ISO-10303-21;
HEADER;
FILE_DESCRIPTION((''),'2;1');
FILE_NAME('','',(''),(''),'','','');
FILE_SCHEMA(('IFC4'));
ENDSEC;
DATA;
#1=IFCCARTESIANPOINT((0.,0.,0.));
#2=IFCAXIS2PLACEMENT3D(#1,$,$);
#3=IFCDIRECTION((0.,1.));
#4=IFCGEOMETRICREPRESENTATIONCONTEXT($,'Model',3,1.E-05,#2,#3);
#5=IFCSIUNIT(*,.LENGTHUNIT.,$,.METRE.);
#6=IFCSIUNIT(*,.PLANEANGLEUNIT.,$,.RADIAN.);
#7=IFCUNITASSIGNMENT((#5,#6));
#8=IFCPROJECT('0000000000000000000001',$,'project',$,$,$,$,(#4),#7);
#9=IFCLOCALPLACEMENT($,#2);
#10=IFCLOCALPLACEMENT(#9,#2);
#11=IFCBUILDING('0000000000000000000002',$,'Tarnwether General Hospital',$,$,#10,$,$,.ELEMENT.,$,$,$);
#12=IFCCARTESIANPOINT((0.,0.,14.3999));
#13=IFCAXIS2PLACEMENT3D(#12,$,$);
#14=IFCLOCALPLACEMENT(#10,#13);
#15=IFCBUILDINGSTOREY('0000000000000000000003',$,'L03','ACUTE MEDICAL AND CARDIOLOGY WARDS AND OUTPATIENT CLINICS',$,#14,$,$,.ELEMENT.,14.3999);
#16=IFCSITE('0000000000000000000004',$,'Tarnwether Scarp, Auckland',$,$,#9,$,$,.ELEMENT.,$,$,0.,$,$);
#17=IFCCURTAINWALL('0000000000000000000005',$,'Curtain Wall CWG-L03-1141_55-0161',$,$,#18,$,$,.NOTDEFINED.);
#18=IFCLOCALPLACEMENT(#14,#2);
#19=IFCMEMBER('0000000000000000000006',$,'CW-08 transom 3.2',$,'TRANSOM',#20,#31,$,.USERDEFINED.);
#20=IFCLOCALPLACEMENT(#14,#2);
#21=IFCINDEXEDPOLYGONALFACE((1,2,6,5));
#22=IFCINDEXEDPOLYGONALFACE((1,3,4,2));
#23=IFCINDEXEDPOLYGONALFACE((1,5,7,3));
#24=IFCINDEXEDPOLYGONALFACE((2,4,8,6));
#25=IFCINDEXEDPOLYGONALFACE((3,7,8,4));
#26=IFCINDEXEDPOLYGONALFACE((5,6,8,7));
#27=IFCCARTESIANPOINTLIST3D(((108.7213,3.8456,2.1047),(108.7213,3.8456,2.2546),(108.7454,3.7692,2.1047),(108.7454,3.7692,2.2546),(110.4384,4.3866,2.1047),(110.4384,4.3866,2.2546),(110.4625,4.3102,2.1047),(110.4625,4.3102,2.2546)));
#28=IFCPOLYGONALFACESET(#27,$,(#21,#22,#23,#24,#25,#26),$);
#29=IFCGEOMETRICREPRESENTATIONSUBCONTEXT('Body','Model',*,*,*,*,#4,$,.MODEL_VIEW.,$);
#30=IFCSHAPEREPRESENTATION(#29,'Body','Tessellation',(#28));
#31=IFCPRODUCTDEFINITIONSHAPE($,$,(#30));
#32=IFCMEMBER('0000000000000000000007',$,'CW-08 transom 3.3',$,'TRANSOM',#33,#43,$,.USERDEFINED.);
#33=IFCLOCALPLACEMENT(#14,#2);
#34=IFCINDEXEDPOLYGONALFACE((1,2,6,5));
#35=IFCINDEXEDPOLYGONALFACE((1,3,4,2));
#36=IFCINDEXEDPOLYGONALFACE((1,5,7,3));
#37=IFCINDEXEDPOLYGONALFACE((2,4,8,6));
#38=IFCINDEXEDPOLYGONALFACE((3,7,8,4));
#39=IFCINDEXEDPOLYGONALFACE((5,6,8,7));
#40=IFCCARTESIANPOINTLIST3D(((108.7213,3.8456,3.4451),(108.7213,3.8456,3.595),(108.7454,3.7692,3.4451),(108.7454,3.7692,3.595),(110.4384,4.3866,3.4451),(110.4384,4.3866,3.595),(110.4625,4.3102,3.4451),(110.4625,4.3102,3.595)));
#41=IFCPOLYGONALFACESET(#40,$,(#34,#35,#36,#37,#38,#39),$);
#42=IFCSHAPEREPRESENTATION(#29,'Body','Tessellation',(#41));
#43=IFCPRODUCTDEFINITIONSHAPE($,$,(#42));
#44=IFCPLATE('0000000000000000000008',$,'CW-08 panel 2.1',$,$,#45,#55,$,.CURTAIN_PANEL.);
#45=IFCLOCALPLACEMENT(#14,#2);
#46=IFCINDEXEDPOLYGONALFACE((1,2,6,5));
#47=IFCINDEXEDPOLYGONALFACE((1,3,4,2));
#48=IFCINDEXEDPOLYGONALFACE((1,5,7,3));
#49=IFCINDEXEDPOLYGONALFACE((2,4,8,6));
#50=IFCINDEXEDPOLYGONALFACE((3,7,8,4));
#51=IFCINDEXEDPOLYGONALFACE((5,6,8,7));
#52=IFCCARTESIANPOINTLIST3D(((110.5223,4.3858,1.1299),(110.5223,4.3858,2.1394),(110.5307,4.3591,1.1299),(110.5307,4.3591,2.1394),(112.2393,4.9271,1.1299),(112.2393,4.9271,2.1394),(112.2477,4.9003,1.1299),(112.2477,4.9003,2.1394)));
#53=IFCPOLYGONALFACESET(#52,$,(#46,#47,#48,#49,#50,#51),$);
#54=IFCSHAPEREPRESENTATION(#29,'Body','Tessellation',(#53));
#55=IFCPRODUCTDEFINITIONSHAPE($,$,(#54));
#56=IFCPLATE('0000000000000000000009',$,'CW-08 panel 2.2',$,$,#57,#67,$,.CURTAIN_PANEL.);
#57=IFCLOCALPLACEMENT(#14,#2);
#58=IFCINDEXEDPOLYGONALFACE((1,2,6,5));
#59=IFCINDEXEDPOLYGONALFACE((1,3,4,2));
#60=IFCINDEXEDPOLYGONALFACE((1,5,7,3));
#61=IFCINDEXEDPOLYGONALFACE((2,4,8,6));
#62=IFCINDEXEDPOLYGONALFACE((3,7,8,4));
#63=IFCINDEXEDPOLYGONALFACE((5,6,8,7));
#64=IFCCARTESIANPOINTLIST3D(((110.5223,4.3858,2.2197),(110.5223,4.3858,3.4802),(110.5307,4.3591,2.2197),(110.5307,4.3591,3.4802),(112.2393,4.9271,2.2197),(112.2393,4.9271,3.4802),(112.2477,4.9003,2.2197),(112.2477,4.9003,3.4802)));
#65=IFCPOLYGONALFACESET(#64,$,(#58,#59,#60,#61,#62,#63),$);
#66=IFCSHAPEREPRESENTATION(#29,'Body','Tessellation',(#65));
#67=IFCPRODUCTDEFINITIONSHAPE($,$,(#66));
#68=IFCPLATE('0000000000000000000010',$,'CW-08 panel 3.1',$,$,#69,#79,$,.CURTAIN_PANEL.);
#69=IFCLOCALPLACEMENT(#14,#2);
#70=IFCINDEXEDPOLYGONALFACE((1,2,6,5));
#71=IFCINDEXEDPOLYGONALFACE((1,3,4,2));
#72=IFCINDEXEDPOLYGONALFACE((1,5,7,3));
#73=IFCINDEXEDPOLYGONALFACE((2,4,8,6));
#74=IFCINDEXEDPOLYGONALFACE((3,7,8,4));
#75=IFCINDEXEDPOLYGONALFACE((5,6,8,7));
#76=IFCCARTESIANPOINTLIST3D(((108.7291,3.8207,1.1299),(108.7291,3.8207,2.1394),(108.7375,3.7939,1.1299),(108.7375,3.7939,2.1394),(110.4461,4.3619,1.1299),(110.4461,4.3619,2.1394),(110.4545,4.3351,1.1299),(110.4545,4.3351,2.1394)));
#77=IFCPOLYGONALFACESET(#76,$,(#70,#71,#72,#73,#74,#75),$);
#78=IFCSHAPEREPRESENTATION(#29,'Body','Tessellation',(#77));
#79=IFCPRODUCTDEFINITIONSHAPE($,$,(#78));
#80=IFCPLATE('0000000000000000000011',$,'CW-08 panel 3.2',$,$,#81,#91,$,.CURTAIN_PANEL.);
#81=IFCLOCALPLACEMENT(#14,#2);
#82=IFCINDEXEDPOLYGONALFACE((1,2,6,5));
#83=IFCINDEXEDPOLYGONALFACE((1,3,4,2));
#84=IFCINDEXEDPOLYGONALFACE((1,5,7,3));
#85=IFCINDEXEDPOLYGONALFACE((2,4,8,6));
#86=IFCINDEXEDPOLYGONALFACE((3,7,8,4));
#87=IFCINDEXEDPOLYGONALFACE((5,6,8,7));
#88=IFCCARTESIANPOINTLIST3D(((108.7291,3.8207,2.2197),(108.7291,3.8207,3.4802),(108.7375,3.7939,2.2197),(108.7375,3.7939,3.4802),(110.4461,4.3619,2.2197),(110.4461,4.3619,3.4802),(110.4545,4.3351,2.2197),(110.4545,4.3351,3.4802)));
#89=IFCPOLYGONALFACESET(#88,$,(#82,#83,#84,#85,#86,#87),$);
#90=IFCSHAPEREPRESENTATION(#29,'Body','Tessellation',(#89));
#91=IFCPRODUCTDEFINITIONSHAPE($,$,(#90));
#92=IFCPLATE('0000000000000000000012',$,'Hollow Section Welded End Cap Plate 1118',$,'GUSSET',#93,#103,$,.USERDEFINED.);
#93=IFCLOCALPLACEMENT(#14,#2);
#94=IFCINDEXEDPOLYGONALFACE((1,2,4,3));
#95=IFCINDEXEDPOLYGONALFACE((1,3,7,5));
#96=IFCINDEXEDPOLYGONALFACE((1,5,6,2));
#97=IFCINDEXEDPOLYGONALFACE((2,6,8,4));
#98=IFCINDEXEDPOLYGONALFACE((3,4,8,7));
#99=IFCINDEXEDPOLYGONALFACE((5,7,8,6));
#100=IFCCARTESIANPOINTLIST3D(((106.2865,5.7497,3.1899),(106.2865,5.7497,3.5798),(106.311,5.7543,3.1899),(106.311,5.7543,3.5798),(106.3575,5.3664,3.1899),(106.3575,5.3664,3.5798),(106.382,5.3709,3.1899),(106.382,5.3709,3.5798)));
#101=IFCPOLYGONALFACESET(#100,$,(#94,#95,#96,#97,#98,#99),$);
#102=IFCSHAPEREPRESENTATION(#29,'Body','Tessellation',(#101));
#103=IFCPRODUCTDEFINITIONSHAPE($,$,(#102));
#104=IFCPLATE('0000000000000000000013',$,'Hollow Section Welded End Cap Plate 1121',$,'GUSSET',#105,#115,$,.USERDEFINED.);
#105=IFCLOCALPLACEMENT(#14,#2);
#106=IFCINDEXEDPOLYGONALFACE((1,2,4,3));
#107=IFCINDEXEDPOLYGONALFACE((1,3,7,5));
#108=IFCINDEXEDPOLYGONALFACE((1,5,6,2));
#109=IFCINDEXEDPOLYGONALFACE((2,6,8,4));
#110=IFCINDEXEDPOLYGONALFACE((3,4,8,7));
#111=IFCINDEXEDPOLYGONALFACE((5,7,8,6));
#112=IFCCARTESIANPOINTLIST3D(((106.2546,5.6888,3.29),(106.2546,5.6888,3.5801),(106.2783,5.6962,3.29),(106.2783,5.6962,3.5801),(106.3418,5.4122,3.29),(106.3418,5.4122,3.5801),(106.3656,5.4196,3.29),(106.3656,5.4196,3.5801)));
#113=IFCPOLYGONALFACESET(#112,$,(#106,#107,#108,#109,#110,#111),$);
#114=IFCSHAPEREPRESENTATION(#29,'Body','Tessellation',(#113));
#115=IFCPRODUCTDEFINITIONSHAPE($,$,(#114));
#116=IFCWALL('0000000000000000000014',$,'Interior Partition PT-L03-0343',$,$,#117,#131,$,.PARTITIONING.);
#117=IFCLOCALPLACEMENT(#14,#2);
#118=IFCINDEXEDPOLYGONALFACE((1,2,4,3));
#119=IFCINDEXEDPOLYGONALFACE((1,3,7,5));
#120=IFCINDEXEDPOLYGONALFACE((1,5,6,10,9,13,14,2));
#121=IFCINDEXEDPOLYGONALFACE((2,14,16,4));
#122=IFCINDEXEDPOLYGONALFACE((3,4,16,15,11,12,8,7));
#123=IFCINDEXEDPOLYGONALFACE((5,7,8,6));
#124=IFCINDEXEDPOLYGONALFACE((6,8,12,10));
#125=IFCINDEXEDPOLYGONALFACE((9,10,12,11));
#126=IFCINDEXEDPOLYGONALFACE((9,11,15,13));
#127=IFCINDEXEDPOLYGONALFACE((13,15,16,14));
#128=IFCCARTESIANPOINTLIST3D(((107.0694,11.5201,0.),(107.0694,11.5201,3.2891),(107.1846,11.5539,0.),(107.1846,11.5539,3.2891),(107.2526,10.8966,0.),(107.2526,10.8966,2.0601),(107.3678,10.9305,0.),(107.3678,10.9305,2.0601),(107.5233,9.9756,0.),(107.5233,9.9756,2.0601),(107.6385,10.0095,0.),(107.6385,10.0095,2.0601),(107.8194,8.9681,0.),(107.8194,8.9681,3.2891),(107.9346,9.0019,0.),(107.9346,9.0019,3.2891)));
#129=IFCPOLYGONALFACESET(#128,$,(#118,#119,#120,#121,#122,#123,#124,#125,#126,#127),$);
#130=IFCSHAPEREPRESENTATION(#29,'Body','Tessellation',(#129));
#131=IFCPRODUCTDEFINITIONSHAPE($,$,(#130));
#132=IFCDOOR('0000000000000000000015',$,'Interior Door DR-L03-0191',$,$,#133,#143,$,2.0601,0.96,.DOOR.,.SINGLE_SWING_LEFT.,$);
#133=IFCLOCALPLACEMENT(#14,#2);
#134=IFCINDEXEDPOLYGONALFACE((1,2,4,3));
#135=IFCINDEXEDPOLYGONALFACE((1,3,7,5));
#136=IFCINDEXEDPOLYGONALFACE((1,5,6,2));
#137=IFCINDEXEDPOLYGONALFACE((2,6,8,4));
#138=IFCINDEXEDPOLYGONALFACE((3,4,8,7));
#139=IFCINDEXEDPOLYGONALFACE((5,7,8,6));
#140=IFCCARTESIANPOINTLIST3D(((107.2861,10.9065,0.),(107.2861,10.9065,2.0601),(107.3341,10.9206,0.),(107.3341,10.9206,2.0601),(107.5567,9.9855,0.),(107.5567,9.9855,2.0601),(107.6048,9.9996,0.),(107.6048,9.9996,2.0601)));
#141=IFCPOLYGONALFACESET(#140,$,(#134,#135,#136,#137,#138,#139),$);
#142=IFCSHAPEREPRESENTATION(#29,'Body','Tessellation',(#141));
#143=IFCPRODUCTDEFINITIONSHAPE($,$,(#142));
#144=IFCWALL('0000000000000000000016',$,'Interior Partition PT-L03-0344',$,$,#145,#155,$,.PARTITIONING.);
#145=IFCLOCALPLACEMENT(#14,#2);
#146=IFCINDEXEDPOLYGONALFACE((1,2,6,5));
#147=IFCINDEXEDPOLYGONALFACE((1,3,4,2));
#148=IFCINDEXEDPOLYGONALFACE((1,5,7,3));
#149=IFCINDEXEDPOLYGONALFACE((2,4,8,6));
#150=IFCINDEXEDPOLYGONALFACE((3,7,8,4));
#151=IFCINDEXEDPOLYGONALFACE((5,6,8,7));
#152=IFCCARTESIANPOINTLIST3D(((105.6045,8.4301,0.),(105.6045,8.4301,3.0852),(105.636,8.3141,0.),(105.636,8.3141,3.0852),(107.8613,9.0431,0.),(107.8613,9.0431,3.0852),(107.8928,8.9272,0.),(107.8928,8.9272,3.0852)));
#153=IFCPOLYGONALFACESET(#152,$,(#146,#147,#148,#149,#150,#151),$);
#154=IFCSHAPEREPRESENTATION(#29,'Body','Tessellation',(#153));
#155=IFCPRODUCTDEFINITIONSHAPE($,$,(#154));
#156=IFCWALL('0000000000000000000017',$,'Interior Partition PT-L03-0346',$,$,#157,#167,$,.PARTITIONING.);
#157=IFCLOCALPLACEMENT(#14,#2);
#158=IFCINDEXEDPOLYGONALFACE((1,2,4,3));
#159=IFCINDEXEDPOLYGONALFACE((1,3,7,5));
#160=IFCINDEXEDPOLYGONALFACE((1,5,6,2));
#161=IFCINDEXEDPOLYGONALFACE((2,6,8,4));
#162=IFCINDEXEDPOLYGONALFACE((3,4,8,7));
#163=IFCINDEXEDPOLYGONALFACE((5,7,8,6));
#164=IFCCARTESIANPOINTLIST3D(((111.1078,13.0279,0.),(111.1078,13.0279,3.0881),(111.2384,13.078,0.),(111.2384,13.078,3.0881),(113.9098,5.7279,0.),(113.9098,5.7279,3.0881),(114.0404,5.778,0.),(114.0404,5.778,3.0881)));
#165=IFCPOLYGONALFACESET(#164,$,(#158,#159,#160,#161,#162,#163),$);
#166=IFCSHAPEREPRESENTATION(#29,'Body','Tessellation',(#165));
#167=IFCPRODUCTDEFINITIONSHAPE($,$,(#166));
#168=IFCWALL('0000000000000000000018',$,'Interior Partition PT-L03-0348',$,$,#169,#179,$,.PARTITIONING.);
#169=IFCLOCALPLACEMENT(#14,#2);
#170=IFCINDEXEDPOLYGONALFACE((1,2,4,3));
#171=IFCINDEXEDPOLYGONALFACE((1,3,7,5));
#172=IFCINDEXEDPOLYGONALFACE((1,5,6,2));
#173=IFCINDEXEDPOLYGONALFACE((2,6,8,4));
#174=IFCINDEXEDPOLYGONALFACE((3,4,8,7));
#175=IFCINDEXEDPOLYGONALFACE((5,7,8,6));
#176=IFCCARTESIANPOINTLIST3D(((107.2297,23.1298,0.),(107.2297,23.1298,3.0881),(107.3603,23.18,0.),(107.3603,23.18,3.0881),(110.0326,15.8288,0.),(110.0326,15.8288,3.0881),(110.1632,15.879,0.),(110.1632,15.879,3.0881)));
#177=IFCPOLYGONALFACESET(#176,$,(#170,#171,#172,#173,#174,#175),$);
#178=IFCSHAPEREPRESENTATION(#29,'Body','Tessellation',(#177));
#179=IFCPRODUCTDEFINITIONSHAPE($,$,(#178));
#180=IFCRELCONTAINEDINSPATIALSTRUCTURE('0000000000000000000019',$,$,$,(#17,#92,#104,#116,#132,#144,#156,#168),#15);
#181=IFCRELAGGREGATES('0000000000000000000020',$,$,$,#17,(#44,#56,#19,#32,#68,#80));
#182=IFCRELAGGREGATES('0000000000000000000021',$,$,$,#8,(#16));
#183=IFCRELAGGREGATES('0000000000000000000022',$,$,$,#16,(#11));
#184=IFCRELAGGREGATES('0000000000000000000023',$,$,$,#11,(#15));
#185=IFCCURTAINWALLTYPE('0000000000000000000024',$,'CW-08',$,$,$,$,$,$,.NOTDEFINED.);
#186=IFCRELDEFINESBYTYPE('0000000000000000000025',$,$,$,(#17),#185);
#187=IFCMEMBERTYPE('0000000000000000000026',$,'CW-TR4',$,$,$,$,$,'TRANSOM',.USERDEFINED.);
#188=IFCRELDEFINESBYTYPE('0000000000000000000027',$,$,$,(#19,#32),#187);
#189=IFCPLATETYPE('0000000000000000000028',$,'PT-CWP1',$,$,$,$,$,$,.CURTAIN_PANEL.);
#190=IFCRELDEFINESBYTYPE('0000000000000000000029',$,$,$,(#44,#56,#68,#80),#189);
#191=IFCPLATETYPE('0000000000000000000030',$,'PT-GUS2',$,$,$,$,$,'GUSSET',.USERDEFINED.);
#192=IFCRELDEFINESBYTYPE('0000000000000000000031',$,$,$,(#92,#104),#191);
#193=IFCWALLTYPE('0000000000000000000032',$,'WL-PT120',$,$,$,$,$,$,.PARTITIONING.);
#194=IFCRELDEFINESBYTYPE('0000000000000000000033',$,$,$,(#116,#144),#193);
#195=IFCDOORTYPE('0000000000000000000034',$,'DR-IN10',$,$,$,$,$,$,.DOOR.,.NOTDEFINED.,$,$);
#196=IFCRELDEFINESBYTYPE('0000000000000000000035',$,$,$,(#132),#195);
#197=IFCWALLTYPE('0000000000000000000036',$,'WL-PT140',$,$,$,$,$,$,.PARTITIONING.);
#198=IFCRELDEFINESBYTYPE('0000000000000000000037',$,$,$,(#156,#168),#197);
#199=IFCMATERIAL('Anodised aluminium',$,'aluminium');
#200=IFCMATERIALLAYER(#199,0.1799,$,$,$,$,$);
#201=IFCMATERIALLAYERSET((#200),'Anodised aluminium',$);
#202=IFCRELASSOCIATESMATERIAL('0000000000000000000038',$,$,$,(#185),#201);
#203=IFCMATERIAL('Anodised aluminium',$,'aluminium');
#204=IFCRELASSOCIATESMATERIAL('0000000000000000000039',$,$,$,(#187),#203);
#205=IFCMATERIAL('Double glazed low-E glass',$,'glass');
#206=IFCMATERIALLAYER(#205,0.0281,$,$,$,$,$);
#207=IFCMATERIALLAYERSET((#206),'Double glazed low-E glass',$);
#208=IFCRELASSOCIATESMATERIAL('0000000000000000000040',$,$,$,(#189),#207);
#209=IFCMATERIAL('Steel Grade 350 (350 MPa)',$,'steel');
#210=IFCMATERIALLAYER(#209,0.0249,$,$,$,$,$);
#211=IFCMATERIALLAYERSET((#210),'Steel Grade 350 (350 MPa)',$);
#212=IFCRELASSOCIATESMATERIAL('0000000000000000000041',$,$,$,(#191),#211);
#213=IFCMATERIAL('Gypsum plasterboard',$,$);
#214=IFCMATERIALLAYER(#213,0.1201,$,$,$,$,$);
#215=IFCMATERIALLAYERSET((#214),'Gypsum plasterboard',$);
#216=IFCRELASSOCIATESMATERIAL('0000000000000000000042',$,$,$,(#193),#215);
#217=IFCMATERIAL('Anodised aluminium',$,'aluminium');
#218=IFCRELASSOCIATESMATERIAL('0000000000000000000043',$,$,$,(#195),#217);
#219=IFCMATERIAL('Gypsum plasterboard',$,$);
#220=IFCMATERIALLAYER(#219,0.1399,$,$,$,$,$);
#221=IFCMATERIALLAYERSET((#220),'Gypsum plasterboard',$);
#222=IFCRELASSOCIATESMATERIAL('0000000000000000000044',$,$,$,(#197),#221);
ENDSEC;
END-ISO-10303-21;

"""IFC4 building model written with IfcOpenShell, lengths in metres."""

from ifc_helpers import new_model, si_unit, direction, frame, frame_2d, origin, origin_2d, place, context, subcontext, project, spatial, rectangle, extrude, material, layer, layer_set, material_profile, profile_set, type_object, element, fill, aggregate, save


model = new_model("IFC4")

# Units and contexts
model_context = context("Model", 3, precision=1e-05, world=origin(), true_north=direction((0.0, 1.0)))
body_context = subcontext(model_context, "Body", "Model", "MODEL_VIEW")
ifc_project = project(units=[si_unit("LENGTHUNIT", "METRE"), si_unit("PLANEANGLEUNIT", "RADIAN")], contexts=[model_context])

# Site, building, storey
site_placement = place(None, origin())
site = spatial("IfcSite", under=ifc_project, at=site_placement, Name="Tarnwether Scarp, Auckland", CompositionType="ELEMENT", RefElevation=0.0)
building_placement = place(site_placement, origin())
building = spatial("IfcBuilding", under=site, at=building_placement, Name="Tarnwether General Hospital", CompositionType="ELEMENT")
storey_placement = place(building_placement, frame((0.0, 0.0, 14.3999)))
storey = spatial("IfcBuildingStorey", under=building, at=storey_placement, Name="L03", Description="ACUTE MEDICAL AND CARDIOLOGY WARDS AND OUTPATIENT CLINICS", CompositionType="ELEMENT", Elevation=14.3999)

# Curtain wall, members, plates
ifc_material_1 = material(Name="Anodised aluminium", Category="aluminium")
ifc_layer_1 = layer(ifc_material_1, 0.1799)
ifc_layer_set_1 = layer_set([ifc_layer_1], Name="Anodised aluminium")
curtain_wall_type = type_object("IfcCurtainWallType", Name="CW-08", PredefinedType="NOTDEFINED", material=ifc_layer_set_1)
curtain_wall_placement = place(storey_placement, origin())
curtain_wall = element("IfcCurtainWall", 1, at=curtain_wall_placement, inside=storey, type_object=curtain_wall_type, Name="Curtain Wall CWG-L03-1141_55-0161", PredefinedType="NOTDEFINED")
ifc_material_2 = material(Name="Anodised aluminium", Category="aluminium")
ifc_material_profile_1 = material_profile(ifc_material_2, rectangle(XDim=0.0801, YDim=0.1499, at=origin_2d()), Name="ALU-TRN-80x150")
ifc_profile_set_1 = profile_set([ifc_material_profile_1], Name="Anodised aluminium")
member_type_1 = type_object("IfcMemberType", Name="CW-TR4", ElementType="TRANSOM", PredefinedType="USERDEFINED", material=ifc_profile_set_1)
member_1_placement = place(storey_placement, frame((110.4504, 4.3484, 2.1797), z_axis=(-0.953775, -0.300521, 0.0), x_axis=(0.300521, -0.953775, 0.0)))
member_1 = element("IfcMember", 2, at=member_1_placement, type_object=member_type_1, Name="CW-08 transom 3.2", ObjectType="TRANSOM", PredefinedType="USERDEFINED", context=body_context, shape_type="SweptSolid", body=[
    extrude(rectangle(XDim=0.0801, YDim=0.1499, at=origin_2d()), origin(), (0.0, 0.0, 1.0), 1.8003),
])
member_2_placement = place(storey_placement, frame((110.4504, 4.3484, 3.52), z_axis=(-0.953775, -0.300521, 0.0), x_axis=(0.300521, -0.953775, 0.0)))
member_2 = element("IfcMember", 3, at=member_2_placement, type_object=member_type_1, Name="CW-08 transom 3.3", ObjectType="TRANSOM", PredefinedType="USERDEFINED", context=body_context, shape_type="SweptSolid", body=[
    extrude(rectangle(XDim=0.0801, YDim=0.1499, at=origin_2d()), origin(), (0.0, 0.0, 1.0), 1.8003),
])
ifc_material_3 = material(Name="Double glazed low-E glass", Category="glass")
ifc_layer_2 = layer(ifc_material_3, 0.0281)
ifc_layer_set_2 = layer_set([ifc_layer_2], Name="Double glazed low-E glass")
plate_type_1 = type_object("IfcPlateType", Name="PT-CWP1", PredefinedType="CURTAIN_PANEL", material=ifc_layer_set_2)
plate_1_placement = place(storey_placement, frame((111.385, 4.6431, 1.1299), z_axis=(0.0, 0.0, 1.0), x_axis=(-0.953741, -0.300629, 0.0)))
plate_1 = element("IfcPlate", 4, at=plate_1_placement, type_object=plate_type_1, Name="CW-08 panel 2.1", PredefinedType="CURTAIN_PANEL", context=body_context, shape_type="SweptSolid", body=[
    extrude(rectangle(XDim=1.8003, YDim=0.0281, at=origin_2d()), origin(), (0.0, 0.0, 1.0), 1.0095),
])
plate_2_placement = place(storey_placement, frame((111.385, 4.6431, 2.2197), z_axis=(0.0, 0.0, 1.0), x_axis=(-0.953741, -0.300629, 0.0)))
plate_2 = element("IfcPlate", 5, at=plate_2_placement, type_object=plate_type_1, Name="CW-08 panel 2.2", PredefinedType="CURTAIN_PANEL", context=body_context, shape_type="SweptSolid", body=[
    extrude(rectangle(XDim=1.8003, YDim=0.0281, at=origin_2d()), origin(), (0.0, 0.0, 1.0), 1.2605),
])
plate_3_placement = place(storey_placement, frame((109.5918, 4.0779, 1.1299), z_axis=(0.0, 0.0, 1.0), x_axis=(-0.953741, -0.300629, 0.0)))
plate_3 = element("IfcPlate", 6, at=plate_3_placement, type_object=plate_type_1, Name="CW-08 panel 3.1", PredefinedType="CURTAIN_PANEL", context=body_context, shape_type="SweptSolid", body=[
    extrude(rectangle(XDim=1.8003, YDim=0.0281, at=origin_2d()), origin(), (0.0, 0.0, 1.0), 1.0095),
])
plate_4_placement = place(storey_placement, frame((109.5918, 4.0779, 2.2197), z_axis=(0.0, 0.0, 1.0), x_axis=(-0.953741, -0.300629, 0.0)))
plate_4 = element("IfcPlate", 7, at=plate_4_placement, type_object=plate_type_1, Name="CW-08 panel 3.2", PredefinedType="CURTAIN_PANEL", context=body_context, shape_type="SweptSolid", body=[
    extrude(rectangle(XDim=1.8003, YDim=0.0281, at=origin_2d()), origin(), (0.0, 0.0, 1.0), 1.2605),
])
aggregate(curtain_wall, [plate_1, plate_2, member_1, member_2, plate_3, plate_4])

# Plates
ifc_material_4 = material(Name="Steel Grade 350 (350 MPa)", Category="steel")
ifc_layer_3 = layer(ifc_material_4, 0.0249)
ifc_layer_set_3 = layer_set([ifc_layer_3], Name="Steel Grade 350 (350 MPa)")
plate_type_2 = type_object("IfcPlateType", Name="PT-GUS2", ElementType="GUSSET", PredefinedType="USERDEFINED", material=ifc_layer_set_3)
plate_5_placement = place(storey_placement, frame((106.3342, 5.5603, 3.1899), z_axis=(0.0, 0.0, 1.0), x_axis=(0.983261, 0.182201, 0.0)))
element("IfcPlate", 8, at=plate_5_placement, inside=storey, type_object=plate_type_2, Name="Hollow Section Welded End Cap Plate 1118", ObjectType="GUSSET", PredefinedType="USERDEFINED", context=body_context, shape_type="SweptSolid", body=[
    extrude(rectangle(XDim=0.0249, YDim=0.3899, at=origin_2d()), origin(), (0.0, 0.0, 1.0), 0.3899),
])
plate_6_placement = place(storey_placement, frame((106.3101, 5.5542, 3.29), z_axis=(0.0, 0.0, 1.0), x_axis=(0.953691, 0.300789, 0.0)))
element("IfcPlate", 9, at=plate_6_placement, inside=storey, type_object=plate_type_2, Name="Hollow Section Welded End Cap Plate 1121", ObjectType="GUSSET", PredefinedType="USERDEFINED", context=body_context, shape_type="SweptSolid", body=[
    extrude(rectangle(XDim=0.0249, YDim=0.29, at=origin_2d()), origin(), (0.0, 0.0, 1.0), 0.29),
])

# Wall, opening, door
ifc_material_5 = material(Name="Gypsum plasterboard")
ifc_layer_4 = layer(ifc_material_5, 0.1201)
ifc_layer_set_4 = layer_set([ifc_layer_4], Name="Gypsum plasterboard")
wall_type_1 = type_object("IfcWallType", Name="WL-PT120", PredefinedType="PARTITIONING", material=ifc_layer_set_4)
wall_1_placement = place(storey_placement, frame((107.127, 11.5371, 0.0), z_axis=(0.0, 0.0, 1.0), x_axis=(0.281963, -0.959425, 0.0)))
wall_1 = element("IfcWall", 10, at=wall_1_placement, inside=storey, type_object=wall_type_1, Name="Interior Partition PT-L03-0343", PredefinedType="PARTITIONING", context=body_context, shape_type="SweptSolid", body=[
    extrude(rectangle(XDim=2.6599, YDim=0.1201, at=frame_2d((1.3301, 0.0))), origin(), (0.0, 0.0, 1.0), 3.2891),
])
opening_1_placement = place(wall_1_placement, frame((0.6499, 0.0, 0.0)))
opening_1 = element("IfcOpeningElement", 11, at=opening_1_placement, cuts=wall_1, PredefinedType="OPENING", context=body_context, shape_type="SweptSolid", body=[
    extrude(rectangle(XDim=0.96, YDim=2.0601, at=frame_2d((0.48, 1.03))), frame((0.0, 0.0701, 0.0), z_axis=(0.0, -1.0, 0.0), x_axis=(1.0, 0.0, 0.0)), (0.0, 0.0, 1.0), 0.1401),
])
ifc_material_6 = material(Name="Anodised aluminium", Category="aluminium")
door_type_1 = type_object("IfcDoorType", Name="DR-IN10", OperationType="NOTDEFINED", PredefinedType="DOOR", material=ifc_material_6)
door_1_placement = place(opening_1_placement, origin())
door_1 = element("IfcDoor", 12, at=door_1_placement, inside=storey, type_object=door_type_1, Name="Interior Door DR-L03-0191", OperationType="SINGLE_SWING_LEFT", OverallHeight=2.0601, OverallWidth=0.96, PredefinedType="DOOR", context=body_context, shape_type="SweptSolid", body=[
    extrude(rectangle(XDim=0.96, YDim=2.0601, at=frame_2d((0.48, 1.03))), frame((0.0, 0.0249, 0.0), z_axis=(0.0, -1.0, 0.0), x_axis=(1.0, 0.0, 0.0)), (0.0, 0.0, 1.0), 0.05),
])
fill(opening_1, door_1)

# Walls
wall_2_placement = place(storey_placement, frame((105.6201, 8.3721, 0.0), z_axis=(0.0, 0.0, 1.0), x_axis=(0.965031, 0.262137, 0.0)))
element("IfcWall", 13, at=wall_2_placement, inside=storey, type_object=wall_type_1, Name="Interior Partition PT-L03-0344", PredefinedType="PARTITIONING", context=body_context, shape_type="SweptSolid", body=[
    extrude(rectangle(XDim=2.3386, YDim=0.1201, at=frame_2d((1.1694, 0.0))), origin(), (0.0, 0.0, 1.0), 3.0852),
])
ifc_material_7 = material(Name="Gypsum plasterboard")
ifc_layer_5 = layer(ifc_material_7, 0.1399)
ifc_layer_set_5 = layer_set([ifc_layer_5], Name="Gypsum plasterboard")
wall_type_2 = type_object("IfcWallType", Name="WL-PT140", PredefinedType="PARTITIONING", material=ifc_layer_set_5)
wall_3_placement = place(storey_placement, frame((111.1731, 13.053, 0.0), z_axis=(0.0, 0.0, 1.0), x_axis=(0.358343, -0.93359, 0.0)))
element("IfcWall", 14, at=wall_3_placement, inside=storey, type_object=wall_type_2, Name="Interior Partition PT-L03-0346", PredefinedType="PARTITIONING", context=body_context, shape_type="SweptSolid", body=[
    extrude(rectangle(XDim=7.8193, YDim=0.1399, at=frame_2d((3.9097, 0.0))), origin(), (0.0, 0.0, 1.0), 3.0881),
])
wall_4_placement = place(storey_placement, frame((110.0979, 15.854, 0.0), z_axis=(0.0, 0.0, 1.0), x_axis=(-0.35841, 0.933564, 0.0)))
element("IfcWall", 15, at=wall_4_placement, inside=storey, type_object=wall_type_2, Name="Interior Partition PT-L03-0348", PredefinedType="PARTITIONING", context=body_context, shape_type="SweptSolid", body=[
    extrude(rectangle(XDim=7.8206, YDim=0.1399, at=frame_2d((3.9102, 0.0))), origin(), (0.0, 0.0, 1.0), 3.0881),
])

save(model, "model.ifc")
